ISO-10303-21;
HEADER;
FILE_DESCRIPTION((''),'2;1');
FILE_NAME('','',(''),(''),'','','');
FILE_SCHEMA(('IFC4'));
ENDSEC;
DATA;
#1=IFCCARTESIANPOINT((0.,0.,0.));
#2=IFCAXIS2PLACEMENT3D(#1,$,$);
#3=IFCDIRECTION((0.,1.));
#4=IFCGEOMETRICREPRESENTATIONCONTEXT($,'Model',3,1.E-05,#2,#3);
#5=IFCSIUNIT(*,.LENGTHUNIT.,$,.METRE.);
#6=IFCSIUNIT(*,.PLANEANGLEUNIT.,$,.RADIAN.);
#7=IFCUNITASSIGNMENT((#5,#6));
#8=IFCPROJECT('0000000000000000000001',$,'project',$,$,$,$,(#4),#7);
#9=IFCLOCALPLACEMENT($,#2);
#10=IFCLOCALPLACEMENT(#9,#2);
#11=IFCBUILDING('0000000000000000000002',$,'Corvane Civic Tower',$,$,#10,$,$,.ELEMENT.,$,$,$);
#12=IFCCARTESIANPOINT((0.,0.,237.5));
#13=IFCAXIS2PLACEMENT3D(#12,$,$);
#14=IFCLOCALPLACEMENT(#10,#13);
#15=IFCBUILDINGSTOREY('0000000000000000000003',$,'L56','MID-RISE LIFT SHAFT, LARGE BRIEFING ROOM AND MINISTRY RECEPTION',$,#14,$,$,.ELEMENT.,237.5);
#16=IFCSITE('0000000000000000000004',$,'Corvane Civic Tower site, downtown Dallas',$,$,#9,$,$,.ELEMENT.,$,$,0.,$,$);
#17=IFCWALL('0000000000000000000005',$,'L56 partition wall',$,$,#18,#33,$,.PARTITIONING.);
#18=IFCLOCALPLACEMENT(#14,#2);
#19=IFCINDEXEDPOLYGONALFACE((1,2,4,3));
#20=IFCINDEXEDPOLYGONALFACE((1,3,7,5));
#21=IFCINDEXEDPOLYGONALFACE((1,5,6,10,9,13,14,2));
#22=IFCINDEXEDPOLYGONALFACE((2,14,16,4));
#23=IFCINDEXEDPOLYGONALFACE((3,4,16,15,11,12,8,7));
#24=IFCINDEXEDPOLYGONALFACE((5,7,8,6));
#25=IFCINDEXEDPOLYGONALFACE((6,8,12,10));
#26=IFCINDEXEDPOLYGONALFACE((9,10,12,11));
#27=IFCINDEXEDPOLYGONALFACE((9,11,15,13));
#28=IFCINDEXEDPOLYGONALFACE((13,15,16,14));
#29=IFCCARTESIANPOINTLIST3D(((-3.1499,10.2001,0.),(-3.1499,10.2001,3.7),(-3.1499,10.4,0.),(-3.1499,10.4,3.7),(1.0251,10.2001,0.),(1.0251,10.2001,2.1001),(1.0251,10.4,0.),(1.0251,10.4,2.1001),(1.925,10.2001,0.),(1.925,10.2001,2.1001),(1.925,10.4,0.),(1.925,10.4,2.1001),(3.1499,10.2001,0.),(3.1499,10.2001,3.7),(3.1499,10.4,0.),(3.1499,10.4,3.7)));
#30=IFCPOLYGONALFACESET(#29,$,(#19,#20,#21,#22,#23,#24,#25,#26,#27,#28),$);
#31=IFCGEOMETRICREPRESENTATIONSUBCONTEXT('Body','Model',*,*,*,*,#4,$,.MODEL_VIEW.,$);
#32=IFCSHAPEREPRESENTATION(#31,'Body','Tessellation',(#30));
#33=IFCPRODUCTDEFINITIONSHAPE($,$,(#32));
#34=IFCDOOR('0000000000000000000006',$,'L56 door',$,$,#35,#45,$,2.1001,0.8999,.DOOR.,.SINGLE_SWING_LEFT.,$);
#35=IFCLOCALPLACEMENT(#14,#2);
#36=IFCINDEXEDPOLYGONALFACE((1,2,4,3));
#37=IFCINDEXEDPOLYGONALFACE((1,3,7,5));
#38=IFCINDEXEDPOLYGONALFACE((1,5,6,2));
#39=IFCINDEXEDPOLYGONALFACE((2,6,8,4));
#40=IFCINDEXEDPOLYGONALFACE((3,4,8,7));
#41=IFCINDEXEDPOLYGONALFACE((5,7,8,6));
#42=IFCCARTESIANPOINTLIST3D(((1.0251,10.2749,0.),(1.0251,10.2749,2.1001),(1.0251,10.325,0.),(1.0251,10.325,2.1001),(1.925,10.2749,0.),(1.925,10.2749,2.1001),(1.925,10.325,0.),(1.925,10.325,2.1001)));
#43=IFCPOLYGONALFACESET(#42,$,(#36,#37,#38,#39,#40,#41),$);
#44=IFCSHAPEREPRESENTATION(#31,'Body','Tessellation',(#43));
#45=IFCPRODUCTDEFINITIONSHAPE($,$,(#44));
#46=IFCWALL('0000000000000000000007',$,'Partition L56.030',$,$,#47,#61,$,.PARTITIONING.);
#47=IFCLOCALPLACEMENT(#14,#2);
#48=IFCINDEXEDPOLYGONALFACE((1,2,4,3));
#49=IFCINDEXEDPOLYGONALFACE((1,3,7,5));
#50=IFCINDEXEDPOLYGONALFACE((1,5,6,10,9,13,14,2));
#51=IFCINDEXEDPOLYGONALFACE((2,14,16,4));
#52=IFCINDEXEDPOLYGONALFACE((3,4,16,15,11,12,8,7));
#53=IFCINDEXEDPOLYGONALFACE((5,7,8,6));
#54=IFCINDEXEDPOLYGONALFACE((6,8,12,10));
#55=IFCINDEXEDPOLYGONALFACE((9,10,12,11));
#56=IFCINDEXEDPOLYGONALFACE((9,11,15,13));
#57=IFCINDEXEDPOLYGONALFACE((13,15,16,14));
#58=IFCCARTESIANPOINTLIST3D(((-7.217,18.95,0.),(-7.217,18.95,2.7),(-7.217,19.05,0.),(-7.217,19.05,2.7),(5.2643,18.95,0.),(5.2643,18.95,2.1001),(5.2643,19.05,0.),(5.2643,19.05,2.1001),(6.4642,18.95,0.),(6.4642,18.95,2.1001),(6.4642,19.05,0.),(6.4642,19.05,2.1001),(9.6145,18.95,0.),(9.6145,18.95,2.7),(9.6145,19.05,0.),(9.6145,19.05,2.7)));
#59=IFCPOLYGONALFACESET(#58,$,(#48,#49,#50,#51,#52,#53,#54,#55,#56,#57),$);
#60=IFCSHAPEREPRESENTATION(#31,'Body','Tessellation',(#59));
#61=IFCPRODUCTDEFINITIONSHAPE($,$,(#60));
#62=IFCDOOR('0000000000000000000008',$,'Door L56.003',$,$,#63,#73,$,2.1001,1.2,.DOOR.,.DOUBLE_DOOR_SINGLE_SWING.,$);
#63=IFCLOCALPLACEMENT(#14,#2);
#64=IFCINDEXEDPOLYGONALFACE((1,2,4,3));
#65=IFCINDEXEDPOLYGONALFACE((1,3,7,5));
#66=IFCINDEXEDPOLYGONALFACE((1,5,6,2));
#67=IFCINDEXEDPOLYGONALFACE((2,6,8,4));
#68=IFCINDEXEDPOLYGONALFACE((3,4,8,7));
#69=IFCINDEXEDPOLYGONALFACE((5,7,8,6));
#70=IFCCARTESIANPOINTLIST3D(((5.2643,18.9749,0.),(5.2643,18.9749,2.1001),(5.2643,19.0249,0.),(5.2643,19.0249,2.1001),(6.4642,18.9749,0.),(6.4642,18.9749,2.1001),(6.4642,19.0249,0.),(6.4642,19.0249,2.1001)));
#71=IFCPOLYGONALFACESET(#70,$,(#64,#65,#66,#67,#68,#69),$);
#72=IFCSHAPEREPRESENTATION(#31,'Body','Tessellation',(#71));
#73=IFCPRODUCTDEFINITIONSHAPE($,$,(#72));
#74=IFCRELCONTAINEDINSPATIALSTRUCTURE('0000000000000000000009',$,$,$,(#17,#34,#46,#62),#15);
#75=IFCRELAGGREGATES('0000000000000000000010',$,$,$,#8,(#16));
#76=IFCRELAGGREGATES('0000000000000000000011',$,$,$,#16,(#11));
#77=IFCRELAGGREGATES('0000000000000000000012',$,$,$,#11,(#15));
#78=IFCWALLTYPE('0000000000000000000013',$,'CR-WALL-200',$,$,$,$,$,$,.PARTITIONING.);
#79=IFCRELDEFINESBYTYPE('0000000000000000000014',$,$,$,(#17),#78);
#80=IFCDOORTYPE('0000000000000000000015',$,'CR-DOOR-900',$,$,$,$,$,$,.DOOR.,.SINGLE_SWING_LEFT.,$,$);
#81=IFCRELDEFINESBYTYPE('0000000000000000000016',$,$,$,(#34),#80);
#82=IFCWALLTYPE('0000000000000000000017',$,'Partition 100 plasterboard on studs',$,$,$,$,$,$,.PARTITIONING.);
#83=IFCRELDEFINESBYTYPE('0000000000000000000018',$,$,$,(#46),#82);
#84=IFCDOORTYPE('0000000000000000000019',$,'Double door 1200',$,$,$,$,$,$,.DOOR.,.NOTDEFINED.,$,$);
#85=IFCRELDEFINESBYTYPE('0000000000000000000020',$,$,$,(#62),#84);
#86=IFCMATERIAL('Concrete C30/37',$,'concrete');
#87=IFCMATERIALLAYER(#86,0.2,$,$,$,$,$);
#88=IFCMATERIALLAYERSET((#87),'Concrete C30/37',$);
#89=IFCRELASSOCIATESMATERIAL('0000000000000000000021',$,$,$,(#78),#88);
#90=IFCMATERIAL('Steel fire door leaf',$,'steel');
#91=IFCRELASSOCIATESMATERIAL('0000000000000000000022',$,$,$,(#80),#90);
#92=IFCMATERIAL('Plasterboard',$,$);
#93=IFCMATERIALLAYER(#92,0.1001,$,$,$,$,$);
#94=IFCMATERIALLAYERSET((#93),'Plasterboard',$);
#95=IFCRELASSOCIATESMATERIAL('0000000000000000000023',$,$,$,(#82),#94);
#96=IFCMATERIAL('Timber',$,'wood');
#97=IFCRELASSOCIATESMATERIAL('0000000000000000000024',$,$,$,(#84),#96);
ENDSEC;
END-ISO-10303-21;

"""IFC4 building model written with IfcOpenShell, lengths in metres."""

from ifc_helpers import new_model, si_unit, direction, frame, frame_2d, origin, place, context, subcontext, project, spatial, rectangle, extrude, material, layer, layer_set, type_object, element, fill, save


model = new_model("IFC4")

# Units and contexts
model_context = context("Model", 3, precision=1e-05, world=origin(), true_north=direction((0.0, 1.0)))
body_context = subcontext(model_context, "Body", "Model", "MODEL_VIEW")
ifc_project = project(units=[si_unit("LENGTHUNIT", "METRE"), si_unit("PLANEANGLEUNIT", "RADIAN")], contexts=[model_context])

# Site, building, storey
site_placement = place(None, origin())
site = spatial("IfcSite", under=ifc_project, at=site_placement, Name="Corvane Civic Tower site, downtown Dallas", CompositionType="ELEMENT", RefElevation=0.0)
building_placement = place(site_placement, origin())
building = spatial("IfcBuilding", under=site, at=building_placement, Name="Corvane Civic Tower", CompositionType="ELEMENT")
storey_placement = place(building_placement, frame((0.0, 0.0, 237.5)))
storey = spatial("IfcBuildingStorey", under=building, at=storey_placement, Name="L56", Description="MID-RISE LIFT SHAFT, LARGE BRIEFING ROOM AND MINISTRY RECEPTION", CompositionType="ELEMENT", Elevation=237.5)

# Walls, openings, doors
ifc_material_1 = material(Name="Concrete C30/37", Category="concrete")
ifc_layer_1 = layer(ifc_material_1, 0.2)
ifc_layer_set_1 = layer_set([ifc_layer_1], Name="Concrete C30/37")
wall_type_1 = type_object("IfcWallType", Name="CR-WALL-200", PredefinedType="PARTITIONING", material=ifc_layer_set_1)
wall_1_placement = place(storey_placement, frame((-3.1499, 10.3, 0.0), z_axis=(0.0, 0.0, 1.0), x_axis=(1.0, 0.0, 0.0)))
wall_1 = element("IfcWall", 1, at=wall_1_placement, inside=storey, type_object=wall_type_1, Name="L56 partition wall", PredefinedType="PARTITIONING", context=body_context, shape_type="SweptSolid", body=[
    extrude(rectangle(XDim=6.2998, YDim=0.2, at=frame_2d((3.1499, 0.0))), origin(), (0.0, 0.0, 1.0), 3.7),
])
opening_1_placement = place(wall_1_placement, frame((4.175, 0.0, 0.0)))
opening_1 = element("IfcOpeningElement", 2, at=opening_1_placement, cuts=wall_1, PredefinedType="OPENING", context=body_context, shape_type="SweptSolid", body=[
    extrude(rectangle(XDim=0.8999, YDim=2.1001, at=frame_2d((0.45, 1.05))), frame((0.0, 0.1099, 0.0), z_axis=(0.0, -1.0, 0.0), x_axis=(1.0, 0.0, 0.0)), (0.0, 0.0, 1.0), 0.22),
])
ifc_material_2 = material(Name="Steel fire door leaf", Category="steel")
door_type_1 = type_object("IfcDoorType", Name="CR-DOOR-900", OperationType="SINGLE_SWING_LEFT", PredefinedType="DOOR", material=ifc_material_2)
door_1_placement = place(opening_1_placement, origin())
door_1 = element("IfcDoor", 3, at=door_1_placement, inside=storey, type_object=door_type_1, Name="L56 door", OperationType="SINGLE_SWING_LEFT", OverallHeight=2.1001, OverallWidth=0.8999, PredefinedType="DOOR", context=body_context, shape_type="SweptSolid", body=[
    extrude(rectangle(XDim=0.8999, YDim=2.1001, at=frame_2d((0.45, 1.05))), frame((0.0, 0.0249, 0.0), z_axis=(0.0, -1.0, 0.0), x_axis=(1.0, 0.0, 0.0)), (0.0, 0.0, 1.0), 0.05),
])
fill(opening_1, door_1)
ifc_material_3 = material(Name="Plasterboard")
ifc_layer_2 = layer(ifc_material_3, 0.1001)
ifc_layer_set_2 = layer_set([ifc_layer_2], Name="Plasterboard")
wall_type_2 = type_object("IfcWallType", Name="Partition 100 plasterboard on studs", PredefinedType="PARTITIONING", material=ifc_layer_set_2)
wall_2_placement = place(storey_placement, frame((-7.217, 19.0, 0.0), z_axis=(0.0, 0.0, 1.0), x_axis=(1.0, 0.0, 0.0)))
wall_2 = element("IfcWall", 4, at=wall_2_placement, inside=storey, type_object=wall_type_2, Name="Partition L56.030", PredefinedType="PARTITIONING", context=body_context, shape_type="SweptSolid", body=[
    extrude(rectangle(XDim=16.8315, YDim=0.1001, at=frame_2d((8.4158, 0.0))), origin(), (0.0, 0.0, 1.0), 2.7),
])
opening_2_placement = place(wall_2_placement, frame((12.4812, 0.0, 0.0)))
opening_2 = element("IfcOpeningElement", 5, at=opening_2_placement, cuts=wall_2, PredefinedType="OPENING", context=body_context, shape_type="SweptSolid", body=[
    extrude(rectangle(XDim=1.2, YDim=2.1001, at=frame_2d((0.6001, 1.05))), frame((0.0, 0.0601, 0.0), z_axis=(0.0, -1.0, 0.0), x_axis=(1.0, 0.0, 0.0)), (0.0, 0.0, 1.0), 0.1201),
])
ifc_material_4 = material(Name="Timber", Category="wood")
door_type_2 = type_object("IfcDoorType", Name="Double door 1200", OperationType="NOTDEFINED", PredefinedType="DOOR", material=ifc_material_4)
door_2_placement = place(opening_2_placement, origin())
door_2 = element("IfcDoor", 6, at=door_2_placement, inside=storey, type_object=door_type_2, Name="Door L56.003", OperationType="DOUBLE_DOOR_SINGLE_SWING", OverallHeight=2.1001, OverallWidth=1.2, PredefinedType="DOOR", context=body_context, shape_type="SweptSolid", body=[
    extrude(rectangle(XDim=1.2, YDim=2.1001, at=frame_2d((0.6001, 1.05))), frame((0.0, 0.0249, 0.0), z_axis=(0.0, -1.0, 0.0), x_axis=(1.0, 0.0, 0.0)), (0.0, 0.0, 1.0), 0.05),
])
fill(opening_2, door_2)

save(model, "model.ifc")
